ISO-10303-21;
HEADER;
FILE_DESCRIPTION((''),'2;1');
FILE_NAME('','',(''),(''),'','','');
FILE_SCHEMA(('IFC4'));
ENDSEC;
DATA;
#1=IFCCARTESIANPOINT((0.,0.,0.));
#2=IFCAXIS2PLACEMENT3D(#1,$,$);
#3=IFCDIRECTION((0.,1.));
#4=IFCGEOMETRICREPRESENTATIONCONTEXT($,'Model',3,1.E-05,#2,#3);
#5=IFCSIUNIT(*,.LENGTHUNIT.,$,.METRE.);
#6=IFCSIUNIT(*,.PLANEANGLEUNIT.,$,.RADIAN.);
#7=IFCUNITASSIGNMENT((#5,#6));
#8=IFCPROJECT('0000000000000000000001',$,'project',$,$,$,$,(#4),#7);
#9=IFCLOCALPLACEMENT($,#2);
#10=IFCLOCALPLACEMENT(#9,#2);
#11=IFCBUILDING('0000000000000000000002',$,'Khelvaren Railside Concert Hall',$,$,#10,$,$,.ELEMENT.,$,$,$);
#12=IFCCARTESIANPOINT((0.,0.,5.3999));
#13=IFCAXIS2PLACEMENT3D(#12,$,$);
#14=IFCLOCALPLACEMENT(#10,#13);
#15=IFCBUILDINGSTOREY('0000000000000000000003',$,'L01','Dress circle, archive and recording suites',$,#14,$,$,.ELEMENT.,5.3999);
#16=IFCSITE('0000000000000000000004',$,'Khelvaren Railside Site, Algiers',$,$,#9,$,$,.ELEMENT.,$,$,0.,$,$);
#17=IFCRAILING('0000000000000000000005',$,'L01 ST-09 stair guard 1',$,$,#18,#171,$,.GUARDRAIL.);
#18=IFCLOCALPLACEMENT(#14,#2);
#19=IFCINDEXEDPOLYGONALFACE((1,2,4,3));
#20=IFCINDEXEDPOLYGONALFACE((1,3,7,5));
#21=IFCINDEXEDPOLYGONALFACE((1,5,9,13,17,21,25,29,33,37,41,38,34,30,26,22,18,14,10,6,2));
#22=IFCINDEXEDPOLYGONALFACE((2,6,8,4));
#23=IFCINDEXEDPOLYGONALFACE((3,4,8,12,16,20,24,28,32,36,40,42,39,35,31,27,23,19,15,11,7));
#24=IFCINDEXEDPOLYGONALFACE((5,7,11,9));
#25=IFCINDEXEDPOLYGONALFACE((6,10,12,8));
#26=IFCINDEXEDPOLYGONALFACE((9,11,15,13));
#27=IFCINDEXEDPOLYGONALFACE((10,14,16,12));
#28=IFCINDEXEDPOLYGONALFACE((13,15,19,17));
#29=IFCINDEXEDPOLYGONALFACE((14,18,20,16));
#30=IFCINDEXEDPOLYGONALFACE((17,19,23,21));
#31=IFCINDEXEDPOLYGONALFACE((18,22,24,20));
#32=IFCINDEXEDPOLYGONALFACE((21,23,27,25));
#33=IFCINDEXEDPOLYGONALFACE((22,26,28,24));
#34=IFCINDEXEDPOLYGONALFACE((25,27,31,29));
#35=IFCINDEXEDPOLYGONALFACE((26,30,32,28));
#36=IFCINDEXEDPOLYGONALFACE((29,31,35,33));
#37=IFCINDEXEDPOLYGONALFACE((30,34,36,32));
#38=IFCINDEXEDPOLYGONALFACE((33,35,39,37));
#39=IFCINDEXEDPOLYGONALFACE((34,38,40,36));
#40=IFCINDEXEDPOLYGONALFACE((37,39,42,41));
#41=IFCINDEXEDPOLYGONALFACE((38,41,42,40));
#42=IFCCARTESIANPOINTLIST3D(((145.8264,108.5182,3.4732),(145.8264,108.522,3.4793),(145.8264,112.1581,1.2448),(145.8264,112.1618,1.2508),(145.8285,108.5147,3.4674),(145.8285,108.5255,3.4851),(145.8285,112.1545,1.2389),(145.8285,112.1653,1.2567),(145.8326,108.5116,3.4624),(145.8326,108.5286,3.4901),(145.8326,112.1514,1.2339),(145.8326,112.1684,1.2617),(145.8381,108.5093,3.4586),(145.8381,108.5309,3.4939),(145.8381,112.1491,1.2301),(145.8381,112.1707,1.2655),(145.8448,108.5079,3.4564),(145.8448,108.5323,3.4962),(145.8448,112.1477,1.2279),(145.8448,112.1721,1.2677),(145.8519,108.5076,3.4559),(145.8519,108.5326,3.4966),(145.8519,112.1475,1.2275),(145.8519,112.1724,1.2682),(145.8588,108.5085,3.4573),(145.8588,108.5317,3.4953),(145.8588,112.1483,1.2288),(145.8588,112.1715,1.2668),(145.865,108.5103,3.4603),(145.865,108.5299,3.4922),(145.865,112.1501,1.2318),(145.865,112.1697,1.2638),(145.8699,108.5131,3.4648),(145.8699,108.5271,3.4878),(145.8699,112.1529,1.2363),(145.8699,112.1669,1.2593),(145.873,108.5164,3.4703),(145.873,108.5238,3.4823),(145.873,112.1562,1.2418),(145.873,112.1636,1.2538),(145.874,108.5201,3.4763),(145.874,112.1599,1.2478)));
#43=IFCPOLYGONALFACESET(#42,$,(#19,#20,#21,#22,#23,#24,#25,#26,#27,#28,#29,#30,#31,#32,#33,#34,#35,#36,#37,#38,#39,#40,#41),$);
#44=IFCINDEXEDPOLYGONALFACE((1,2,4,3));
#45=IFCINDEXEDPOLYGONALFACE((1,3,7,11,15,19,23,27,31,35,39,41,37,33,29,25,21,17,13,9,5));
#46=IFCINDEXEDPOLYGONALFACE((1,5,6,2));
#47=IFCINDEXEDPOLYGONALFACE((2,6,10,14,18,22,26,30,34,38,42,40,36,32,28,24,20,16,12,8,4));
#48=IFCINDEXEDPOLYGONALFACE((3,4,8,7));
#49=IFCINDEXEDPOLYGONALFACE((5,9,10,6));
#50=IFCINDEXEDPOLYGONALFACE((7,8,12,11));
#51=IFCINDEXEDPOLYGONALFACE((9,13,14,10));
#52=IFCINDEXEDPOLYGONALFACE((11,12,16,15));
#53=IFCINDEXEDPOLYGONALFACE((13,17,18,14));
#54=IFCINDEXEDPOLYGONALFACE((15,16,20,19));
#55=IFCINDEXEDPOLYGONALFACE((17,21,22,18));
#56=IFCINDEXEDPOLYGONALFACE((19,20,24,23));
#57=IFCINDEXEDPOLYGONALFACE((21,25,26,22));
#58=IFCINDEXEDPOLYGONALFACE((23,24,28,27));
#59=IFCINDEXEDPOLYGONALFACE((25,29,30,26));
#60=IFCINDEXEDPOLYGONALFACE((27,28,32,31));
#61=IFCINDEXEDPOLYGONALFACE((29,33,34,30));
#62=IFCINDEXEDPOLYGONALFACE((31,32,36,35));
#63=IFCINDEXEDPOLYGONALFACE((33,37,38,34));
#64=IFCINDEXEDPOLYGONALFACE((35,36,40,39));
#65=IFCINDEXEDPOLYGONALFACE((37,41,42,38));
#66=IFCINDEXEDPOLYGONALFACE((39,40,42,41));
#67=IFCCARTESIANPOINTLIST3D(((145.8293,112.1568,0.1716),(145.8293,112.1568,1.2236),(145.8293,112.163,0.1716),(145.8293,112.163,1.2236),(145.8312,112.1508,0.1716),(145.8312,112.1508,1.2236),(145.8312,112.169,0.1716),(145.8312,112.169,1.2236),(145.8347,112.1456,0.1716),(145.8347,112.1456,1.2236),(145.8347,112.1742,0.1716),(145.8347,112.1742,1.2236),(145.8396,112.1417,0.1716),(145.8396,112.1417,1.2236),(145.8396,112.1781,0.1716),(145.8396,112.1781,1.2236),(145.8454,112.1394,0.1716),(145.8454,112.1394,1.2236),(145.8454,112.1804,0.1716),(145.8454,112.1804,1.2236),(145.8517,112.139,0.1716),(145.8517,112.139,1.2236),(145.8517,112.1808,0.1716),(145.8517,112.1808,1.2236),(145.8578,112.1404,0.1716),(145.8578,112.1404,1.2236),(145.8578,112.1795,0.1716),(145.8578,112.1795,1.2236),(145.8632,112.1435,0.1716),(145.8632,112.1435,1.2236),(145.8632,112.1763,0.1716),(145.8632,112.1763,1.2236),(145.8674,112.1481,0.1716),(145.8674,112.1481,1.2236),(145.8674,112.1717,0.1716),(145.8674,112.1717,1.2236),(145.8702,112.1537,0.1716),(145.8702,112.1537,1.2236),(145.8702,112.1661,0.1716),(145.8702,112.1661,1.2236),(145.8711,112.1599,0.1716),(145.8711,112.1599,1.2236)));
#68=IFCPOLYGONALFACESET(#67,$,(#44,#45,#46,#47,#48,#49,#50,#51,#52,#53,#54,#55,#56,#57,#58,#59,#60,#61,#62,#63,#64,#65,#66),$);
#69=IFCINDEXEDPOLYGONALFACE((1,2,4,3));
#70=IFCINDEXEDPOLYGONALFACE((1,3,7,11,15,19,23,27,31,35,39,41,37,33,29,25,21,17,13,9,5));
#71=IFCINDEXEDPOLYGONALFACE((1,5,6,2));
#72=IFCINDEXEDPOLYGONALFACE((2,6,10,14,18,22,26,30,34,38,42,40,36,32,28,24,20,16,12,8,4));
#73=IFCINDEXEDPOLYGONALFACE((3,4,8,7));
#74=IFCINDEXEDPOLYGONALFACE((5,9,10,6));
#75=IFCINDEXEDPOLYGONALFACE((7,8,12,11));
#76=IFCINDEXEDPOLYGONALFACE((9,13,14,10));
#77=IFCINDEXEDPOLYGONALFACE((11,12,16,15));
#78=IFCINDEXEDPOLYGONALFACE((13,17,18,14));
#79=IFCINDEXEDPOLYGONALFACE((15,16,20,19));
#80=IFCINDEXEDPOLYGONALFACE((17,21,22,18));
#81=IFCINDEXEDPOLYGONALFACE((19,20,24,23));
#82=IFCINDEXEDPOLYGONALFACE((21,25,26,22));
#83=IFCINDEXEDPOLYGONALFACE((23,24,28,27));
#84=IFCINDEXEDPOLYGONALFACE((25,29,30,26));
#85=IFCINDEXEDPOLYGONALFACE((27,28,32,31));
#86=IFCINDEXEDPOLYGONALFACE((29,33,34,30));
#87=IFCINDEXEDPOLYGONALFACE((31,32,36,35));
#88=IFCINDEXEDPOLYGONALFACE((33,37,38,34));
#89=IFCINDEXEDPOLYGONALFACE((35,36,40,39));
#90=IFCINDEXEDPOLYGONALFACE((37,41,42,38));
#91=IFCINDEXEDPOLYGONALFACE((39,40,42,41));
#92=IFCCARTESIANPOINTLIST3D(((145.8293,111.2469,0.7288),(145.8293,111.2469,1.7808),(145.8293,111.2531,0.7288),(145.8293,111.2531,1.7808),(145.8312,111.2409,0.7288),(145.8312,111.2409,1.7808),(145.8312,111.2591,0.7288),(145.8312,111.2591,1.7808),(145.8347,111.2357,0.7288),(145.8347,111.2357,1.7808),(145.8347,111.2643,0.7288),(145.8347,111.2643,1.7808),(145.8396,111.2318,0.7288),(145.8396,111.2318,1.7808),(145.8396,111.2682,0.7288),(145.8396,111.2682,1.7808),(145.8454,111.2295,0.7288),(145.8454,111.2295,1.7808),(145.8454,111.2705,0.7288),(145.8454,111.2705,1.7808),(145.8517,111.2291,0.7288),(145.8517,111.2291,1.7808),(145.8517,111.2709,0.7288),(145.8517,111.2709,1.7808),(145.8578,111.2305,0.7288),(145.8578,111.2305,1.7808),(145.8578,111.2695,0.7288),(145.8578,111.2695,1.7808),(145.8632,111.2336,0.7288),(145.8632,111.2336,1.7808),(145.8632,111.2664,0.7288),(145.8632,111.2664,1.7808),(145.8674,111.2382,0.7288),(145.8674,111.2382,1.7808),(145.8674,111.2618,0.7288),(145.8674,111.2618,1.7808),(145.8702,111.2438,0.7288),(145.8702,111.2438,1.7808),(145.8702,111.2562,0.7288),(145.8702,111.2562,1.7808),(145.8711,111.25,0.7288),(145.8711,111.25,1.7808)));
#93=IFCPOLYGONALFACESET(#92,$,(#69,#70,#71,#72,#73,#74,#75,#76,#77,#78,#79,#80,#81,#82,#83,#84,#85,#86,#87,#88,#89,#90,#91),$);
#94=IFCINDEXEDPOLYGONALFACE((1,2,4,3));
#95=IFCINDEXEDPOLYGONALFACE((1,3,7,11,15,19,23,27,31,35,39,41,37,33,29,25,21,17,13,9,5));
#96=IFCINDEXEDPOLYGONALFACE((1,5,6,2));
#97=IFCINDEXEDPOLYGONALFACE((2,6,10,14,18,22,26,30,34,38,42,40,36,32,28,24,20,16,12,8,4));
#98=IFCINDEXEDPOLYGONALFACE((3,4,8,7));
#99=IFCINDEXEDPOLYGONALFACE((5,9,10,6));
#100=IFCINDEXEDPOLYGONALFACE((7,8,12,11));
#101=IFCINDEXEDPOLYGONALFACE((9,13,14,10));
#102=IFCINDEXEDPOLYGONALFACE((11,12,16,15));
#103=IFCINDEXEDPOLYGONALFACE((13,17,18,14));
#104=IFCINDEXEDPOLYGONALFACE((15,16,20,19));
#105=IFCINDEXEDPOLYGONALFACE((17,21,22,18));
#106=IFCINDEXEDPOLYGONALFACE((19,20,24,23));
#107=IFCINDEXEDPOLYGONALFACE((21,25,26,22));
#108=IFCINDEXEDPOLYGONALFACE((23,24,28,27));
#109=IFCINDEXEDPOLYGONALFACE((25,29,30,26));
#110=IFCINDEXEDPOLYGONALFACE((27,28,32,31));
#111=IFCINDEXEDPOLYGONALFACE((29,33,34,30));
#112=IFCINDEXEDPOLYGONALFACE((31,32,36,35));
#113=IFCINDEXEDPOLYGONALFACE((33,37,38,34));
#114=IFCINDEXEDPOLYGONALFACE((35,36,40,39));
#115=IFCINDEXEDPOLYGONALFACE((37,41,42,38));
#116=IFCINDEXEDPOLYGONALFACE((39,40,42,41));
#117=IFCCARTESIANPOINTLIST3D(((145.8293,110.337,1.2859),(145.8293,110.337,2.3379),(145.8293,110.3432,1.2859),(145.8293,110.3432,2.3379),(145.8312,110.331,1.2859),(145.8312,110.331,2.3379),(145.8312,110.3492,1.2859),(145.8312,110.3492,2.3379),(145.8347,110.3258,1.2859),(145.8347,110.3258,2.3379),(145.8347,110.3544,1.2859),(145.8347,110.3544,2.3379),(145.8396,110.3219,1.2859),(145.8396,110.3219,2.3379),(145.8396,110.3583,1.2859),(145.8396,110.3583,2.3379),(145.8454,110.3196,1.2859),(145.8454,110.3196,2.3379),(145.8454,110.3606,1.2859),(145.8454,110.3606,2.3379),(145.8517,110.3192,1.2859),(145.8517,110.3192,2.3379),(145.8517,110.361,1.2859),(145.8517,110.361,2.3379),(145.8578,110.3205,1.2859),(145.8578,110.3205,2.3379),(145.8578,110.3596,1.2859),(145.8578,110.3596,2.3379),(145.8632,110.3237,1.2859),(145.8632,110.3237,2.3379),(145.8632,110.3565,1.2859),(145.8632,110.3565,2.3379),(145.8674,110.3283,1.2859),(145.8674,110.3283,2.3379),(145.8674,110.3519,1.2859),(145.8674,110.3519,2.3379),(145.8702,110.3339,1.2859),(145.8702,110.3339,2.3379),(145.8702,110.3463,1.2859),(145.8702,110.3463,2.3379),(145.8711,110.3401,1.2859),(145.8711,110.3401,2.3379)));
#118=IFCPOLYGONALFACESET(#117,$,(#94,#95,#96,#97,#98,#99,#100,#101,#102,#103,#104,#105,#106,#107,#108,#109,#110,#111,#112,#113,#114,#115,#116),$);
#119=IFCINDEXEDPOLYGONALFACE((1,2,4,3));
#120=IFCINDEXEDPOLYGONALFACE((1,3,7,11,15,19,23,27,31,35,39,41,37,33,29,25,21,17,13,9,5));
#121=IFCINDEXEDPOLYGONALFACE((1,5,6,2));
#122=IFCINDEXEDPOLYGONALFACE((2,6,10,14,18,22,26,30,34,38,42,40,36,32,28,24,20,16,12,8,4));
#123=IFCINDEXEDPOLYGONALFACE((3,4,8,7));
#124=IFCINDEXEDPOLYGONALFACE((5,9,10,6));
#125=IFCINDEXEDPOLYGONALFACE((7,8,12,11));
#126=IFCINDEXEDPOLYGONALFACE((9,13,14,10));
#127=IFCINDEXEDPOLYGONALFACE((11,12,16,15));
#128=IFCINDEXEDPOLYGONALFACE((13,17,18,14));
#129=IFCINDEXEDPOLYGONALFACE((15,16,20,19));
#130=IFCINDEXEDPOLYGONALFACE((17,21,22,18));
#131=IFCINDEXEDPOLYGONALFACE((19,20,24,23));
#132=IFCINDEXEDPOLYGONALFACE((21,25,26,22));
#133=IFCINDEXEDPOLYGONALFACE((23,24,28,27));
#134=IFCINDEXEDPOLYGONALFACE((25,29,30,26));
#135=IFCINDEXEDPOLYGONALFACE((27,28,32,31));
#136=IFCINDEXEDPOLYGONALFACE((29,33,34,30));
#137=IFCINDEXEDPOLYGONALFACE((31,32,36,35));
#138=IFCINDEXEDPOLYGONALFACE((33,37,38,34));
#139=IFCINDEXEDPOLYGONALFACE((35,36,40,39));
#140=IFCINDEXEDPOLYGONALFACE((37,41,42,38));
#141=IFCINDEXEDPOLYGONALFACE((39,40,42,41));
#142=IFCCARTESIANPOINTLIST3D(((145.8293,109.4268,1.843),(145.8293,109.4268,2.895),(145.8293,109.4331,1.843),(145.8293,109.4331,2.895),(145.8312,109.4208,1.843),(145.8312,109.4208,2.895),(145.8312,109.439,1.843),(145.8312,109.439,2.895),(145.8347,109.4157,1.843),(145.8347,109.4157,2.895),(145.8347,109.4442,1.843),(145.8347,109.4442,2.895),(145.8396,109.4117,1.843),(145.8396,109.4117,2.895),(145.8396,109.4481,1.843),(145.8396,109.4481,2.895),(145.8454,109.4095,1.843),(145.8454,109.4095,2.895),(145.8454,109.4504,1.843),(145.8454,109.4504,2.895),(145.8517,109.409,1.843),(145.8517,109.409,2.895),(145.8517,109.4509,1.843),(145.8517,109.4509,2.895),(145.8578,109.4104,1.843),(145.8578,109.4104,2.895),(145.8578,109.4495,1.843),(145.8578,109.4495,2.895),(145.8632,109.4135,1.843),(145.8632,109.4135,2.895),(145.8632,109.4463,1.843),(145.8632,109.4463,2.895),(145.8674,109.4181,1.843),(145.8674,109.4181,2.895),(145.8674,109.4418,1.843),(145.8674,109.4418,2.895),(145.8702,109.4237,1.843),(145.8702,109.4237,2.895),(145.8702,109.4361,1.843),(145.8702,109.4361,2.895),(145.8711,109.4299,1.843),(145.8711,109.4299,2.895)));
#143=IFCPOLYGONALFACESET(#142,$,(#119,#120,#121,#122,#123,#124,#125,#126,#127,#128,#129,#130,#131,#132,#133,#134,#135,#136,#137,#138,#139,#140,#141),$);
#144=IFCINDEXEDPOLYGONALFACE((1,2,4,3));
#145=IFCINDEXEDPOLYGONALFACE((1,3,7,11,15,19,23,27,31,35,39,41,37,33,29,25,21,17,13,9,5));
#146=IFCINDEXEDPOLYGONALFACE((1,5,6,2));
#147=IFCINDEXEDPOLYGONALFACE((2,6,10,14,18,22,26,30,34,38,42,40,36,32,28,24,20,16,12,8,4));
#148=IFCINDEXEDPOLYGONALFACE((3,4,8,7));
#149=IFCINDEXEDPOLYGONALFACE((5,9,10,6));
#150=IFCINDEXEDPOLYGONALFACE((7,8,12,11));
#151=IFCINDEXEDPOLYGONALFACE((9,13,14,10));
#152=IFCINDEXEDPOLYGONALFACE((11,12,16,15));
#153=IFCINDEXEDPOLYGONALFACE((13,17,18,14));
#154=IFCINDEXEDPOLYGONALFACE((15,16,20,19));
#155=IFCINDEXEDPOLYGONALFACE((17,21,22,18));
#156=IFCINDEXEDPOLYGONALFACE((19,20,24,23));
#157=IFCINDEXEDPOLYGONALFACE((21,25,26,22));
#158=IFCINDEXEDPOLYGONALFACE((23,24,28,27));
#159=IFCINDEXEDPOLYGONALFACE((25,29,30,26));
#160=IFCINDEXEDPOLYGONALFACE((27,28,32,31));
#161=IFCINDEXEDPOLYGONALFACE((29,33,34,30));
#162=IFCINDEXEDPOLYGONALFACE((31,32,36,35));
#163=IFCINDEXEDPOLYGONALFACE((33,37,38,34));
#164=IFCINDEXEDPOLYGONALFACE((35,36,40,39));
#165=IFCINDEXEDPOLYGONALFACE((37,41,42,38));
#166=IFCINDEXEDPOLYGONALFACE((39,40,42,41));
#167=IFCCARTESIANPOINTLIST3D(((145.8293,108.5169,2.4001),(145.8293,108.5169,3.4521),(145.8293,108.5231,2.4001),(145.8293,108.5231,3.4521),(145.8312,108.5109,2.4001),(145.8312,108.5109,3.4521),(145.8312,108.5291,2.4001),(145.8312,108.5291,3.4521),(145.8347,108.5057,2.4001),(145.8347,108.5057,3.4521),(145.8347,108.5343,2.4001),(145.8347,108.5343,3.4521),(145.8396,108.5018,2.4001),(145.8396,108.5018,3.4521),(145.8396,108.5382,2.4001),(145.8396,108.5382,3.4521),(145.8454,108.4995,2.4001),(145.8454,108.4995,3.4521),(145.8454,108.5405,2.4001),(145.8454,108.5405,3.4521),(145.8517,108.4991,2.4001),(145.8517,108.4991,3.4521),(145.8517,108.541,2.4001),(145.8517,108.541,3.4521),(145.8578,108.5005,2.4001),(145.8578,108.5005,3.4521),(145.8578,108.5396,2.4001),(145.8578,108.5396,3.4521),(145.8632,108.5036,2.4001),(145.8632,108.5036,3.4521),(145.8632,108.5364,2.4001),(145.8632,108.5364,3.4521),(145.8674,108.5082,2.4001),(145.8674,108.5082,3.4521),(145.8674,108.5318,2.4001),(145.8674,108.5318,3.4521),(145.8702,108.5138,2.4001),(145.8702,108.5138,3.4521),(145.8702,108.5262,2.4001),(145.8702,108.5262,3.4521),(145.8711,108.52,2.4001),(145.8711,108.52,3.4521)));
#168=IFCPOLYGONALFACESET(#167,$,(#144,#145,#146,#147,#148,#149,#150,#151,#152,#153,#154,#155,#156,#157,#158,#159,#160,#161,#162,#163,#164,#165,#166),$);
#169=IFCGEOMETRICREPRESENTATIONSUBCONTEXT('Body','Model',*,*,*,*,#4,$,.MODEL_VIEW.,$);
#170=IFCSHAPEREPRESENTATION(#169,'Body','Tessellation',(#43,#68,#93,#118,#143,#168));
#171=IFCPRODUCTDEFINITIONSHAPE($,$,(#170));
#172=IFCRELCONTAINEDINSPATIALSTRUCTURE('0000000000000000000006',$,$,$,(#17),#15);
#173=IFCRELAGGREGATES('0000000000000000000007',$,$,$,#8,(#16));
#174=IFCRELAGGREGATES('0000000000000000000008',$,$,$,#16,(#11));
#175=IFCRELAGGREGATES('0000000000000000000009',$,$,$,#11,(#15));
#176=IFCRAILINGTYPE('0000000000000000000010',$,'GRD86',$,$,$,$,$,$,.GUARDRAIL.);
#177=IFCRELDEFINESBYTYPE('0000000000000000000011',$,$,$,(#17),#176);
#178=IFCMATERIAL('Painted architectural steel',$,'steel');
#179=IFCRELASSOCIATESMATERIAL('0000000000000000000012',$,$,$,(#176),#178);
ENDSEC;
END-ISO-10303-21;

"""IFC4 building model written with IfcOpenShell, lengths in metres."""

from ifc_helpers import new_model, si_unit, direction, frame, origin, origin_2d, place, context, subcontext, project, spatial, circle, extrude, material, type_object, element, save


model = new_model("IFC4")

# Units and contexts
model_context = context("Model", 3, precision=1e-05, world=origin(), true_north=direction((0.0, 1.0)))
body_context = subcontext(model_context, "Body", "Model", "MODEL_VIEW")
ifc_project = project(units=[si_unit("LENGTHUNIT", "METRE"), si_unit("PLANEANGLEUNIT", "RADIAN")], contexts=[model_context])

# Site, building, storey
site_placement = place(None, origin())
site = spatial("IfcSite", under=ifc_project, at=site_placement, Name="Khelvaren Railside Site, Algiers", CompositionType="ELEMENT", RefElevation=0.0)
building_placement = place(site_placement, origin())
building = spatial("IfcBuilding", under=site, at=building_placement, Name="Khelvaren Railside Concert Hall", CompositionType="ELEMENT")
storey_placement = place(building_placement, frame((0.0, 0.0, 5.3999)))
storey = spatial("IfcBuildingStorey", under=building, at=storey_placement, Name="L01", Description="Dress circle, archive and recording suites", CompositionType="ELEMENT", Elevation=5.3999)

# Railing
ifc_material_1 = material(Name="Painted architectural steel", Category="steel")
railing_type_1 = type_object("IfcRailingType", Name="GRD86", PredefinedType="GUARDRAIL", material=ifc_material_1)
railing_1_placement = place(storey_placement, frame((145.8501, 112.1599, 0.1716)))
element("IfcRailing", 1, at=railing_1_placement, inside=storey, type_object=railing_type_1, Name="L01 ST-09 stair guard 1", PredefinedType="GUARDRAIL", context=body_context, shape_type="SweptSolid", body=[
    extrude(circle(Radius=0.0239, at=origin_2d()), frame((0.0, 0.0, 1.0762), z_axis=(0.0, -0.85285, 0.522156), x_axis=(1.0, 0.0, 0.0)), (0.0, 0.0, 1.0), 4.2678),
    extrude(circle(Radius=0.021, at=origin_2d()), origin(), (0.0, 0.0, 1.0), 1.052),
    extrude(circle(Radius=0.021, at=origin_2d()), frame((0.0, -0.9099, 0.5571)), (0.0, 0.0, 1.0), 1.052),
    extrude(circle(Radius=0.021, at=origin_2d()), frame((0.0, -1.8198, 1.1143)), (0.0, 0.0, 1.0), 1.052),
    extrude(circle(Radius=0.021, at=origin_2d()), frame((0.0, -2.73, 1.6714)), (0.0, 0.0, 1.0), 1.052),
    extrude(circle(Radius=0.021, at=origin_2d()), frame((0.0, -3.6399, 2.2285)), (0.0, 0.0, 1.0), 1.052),
])

save(model, "model.ifc")
